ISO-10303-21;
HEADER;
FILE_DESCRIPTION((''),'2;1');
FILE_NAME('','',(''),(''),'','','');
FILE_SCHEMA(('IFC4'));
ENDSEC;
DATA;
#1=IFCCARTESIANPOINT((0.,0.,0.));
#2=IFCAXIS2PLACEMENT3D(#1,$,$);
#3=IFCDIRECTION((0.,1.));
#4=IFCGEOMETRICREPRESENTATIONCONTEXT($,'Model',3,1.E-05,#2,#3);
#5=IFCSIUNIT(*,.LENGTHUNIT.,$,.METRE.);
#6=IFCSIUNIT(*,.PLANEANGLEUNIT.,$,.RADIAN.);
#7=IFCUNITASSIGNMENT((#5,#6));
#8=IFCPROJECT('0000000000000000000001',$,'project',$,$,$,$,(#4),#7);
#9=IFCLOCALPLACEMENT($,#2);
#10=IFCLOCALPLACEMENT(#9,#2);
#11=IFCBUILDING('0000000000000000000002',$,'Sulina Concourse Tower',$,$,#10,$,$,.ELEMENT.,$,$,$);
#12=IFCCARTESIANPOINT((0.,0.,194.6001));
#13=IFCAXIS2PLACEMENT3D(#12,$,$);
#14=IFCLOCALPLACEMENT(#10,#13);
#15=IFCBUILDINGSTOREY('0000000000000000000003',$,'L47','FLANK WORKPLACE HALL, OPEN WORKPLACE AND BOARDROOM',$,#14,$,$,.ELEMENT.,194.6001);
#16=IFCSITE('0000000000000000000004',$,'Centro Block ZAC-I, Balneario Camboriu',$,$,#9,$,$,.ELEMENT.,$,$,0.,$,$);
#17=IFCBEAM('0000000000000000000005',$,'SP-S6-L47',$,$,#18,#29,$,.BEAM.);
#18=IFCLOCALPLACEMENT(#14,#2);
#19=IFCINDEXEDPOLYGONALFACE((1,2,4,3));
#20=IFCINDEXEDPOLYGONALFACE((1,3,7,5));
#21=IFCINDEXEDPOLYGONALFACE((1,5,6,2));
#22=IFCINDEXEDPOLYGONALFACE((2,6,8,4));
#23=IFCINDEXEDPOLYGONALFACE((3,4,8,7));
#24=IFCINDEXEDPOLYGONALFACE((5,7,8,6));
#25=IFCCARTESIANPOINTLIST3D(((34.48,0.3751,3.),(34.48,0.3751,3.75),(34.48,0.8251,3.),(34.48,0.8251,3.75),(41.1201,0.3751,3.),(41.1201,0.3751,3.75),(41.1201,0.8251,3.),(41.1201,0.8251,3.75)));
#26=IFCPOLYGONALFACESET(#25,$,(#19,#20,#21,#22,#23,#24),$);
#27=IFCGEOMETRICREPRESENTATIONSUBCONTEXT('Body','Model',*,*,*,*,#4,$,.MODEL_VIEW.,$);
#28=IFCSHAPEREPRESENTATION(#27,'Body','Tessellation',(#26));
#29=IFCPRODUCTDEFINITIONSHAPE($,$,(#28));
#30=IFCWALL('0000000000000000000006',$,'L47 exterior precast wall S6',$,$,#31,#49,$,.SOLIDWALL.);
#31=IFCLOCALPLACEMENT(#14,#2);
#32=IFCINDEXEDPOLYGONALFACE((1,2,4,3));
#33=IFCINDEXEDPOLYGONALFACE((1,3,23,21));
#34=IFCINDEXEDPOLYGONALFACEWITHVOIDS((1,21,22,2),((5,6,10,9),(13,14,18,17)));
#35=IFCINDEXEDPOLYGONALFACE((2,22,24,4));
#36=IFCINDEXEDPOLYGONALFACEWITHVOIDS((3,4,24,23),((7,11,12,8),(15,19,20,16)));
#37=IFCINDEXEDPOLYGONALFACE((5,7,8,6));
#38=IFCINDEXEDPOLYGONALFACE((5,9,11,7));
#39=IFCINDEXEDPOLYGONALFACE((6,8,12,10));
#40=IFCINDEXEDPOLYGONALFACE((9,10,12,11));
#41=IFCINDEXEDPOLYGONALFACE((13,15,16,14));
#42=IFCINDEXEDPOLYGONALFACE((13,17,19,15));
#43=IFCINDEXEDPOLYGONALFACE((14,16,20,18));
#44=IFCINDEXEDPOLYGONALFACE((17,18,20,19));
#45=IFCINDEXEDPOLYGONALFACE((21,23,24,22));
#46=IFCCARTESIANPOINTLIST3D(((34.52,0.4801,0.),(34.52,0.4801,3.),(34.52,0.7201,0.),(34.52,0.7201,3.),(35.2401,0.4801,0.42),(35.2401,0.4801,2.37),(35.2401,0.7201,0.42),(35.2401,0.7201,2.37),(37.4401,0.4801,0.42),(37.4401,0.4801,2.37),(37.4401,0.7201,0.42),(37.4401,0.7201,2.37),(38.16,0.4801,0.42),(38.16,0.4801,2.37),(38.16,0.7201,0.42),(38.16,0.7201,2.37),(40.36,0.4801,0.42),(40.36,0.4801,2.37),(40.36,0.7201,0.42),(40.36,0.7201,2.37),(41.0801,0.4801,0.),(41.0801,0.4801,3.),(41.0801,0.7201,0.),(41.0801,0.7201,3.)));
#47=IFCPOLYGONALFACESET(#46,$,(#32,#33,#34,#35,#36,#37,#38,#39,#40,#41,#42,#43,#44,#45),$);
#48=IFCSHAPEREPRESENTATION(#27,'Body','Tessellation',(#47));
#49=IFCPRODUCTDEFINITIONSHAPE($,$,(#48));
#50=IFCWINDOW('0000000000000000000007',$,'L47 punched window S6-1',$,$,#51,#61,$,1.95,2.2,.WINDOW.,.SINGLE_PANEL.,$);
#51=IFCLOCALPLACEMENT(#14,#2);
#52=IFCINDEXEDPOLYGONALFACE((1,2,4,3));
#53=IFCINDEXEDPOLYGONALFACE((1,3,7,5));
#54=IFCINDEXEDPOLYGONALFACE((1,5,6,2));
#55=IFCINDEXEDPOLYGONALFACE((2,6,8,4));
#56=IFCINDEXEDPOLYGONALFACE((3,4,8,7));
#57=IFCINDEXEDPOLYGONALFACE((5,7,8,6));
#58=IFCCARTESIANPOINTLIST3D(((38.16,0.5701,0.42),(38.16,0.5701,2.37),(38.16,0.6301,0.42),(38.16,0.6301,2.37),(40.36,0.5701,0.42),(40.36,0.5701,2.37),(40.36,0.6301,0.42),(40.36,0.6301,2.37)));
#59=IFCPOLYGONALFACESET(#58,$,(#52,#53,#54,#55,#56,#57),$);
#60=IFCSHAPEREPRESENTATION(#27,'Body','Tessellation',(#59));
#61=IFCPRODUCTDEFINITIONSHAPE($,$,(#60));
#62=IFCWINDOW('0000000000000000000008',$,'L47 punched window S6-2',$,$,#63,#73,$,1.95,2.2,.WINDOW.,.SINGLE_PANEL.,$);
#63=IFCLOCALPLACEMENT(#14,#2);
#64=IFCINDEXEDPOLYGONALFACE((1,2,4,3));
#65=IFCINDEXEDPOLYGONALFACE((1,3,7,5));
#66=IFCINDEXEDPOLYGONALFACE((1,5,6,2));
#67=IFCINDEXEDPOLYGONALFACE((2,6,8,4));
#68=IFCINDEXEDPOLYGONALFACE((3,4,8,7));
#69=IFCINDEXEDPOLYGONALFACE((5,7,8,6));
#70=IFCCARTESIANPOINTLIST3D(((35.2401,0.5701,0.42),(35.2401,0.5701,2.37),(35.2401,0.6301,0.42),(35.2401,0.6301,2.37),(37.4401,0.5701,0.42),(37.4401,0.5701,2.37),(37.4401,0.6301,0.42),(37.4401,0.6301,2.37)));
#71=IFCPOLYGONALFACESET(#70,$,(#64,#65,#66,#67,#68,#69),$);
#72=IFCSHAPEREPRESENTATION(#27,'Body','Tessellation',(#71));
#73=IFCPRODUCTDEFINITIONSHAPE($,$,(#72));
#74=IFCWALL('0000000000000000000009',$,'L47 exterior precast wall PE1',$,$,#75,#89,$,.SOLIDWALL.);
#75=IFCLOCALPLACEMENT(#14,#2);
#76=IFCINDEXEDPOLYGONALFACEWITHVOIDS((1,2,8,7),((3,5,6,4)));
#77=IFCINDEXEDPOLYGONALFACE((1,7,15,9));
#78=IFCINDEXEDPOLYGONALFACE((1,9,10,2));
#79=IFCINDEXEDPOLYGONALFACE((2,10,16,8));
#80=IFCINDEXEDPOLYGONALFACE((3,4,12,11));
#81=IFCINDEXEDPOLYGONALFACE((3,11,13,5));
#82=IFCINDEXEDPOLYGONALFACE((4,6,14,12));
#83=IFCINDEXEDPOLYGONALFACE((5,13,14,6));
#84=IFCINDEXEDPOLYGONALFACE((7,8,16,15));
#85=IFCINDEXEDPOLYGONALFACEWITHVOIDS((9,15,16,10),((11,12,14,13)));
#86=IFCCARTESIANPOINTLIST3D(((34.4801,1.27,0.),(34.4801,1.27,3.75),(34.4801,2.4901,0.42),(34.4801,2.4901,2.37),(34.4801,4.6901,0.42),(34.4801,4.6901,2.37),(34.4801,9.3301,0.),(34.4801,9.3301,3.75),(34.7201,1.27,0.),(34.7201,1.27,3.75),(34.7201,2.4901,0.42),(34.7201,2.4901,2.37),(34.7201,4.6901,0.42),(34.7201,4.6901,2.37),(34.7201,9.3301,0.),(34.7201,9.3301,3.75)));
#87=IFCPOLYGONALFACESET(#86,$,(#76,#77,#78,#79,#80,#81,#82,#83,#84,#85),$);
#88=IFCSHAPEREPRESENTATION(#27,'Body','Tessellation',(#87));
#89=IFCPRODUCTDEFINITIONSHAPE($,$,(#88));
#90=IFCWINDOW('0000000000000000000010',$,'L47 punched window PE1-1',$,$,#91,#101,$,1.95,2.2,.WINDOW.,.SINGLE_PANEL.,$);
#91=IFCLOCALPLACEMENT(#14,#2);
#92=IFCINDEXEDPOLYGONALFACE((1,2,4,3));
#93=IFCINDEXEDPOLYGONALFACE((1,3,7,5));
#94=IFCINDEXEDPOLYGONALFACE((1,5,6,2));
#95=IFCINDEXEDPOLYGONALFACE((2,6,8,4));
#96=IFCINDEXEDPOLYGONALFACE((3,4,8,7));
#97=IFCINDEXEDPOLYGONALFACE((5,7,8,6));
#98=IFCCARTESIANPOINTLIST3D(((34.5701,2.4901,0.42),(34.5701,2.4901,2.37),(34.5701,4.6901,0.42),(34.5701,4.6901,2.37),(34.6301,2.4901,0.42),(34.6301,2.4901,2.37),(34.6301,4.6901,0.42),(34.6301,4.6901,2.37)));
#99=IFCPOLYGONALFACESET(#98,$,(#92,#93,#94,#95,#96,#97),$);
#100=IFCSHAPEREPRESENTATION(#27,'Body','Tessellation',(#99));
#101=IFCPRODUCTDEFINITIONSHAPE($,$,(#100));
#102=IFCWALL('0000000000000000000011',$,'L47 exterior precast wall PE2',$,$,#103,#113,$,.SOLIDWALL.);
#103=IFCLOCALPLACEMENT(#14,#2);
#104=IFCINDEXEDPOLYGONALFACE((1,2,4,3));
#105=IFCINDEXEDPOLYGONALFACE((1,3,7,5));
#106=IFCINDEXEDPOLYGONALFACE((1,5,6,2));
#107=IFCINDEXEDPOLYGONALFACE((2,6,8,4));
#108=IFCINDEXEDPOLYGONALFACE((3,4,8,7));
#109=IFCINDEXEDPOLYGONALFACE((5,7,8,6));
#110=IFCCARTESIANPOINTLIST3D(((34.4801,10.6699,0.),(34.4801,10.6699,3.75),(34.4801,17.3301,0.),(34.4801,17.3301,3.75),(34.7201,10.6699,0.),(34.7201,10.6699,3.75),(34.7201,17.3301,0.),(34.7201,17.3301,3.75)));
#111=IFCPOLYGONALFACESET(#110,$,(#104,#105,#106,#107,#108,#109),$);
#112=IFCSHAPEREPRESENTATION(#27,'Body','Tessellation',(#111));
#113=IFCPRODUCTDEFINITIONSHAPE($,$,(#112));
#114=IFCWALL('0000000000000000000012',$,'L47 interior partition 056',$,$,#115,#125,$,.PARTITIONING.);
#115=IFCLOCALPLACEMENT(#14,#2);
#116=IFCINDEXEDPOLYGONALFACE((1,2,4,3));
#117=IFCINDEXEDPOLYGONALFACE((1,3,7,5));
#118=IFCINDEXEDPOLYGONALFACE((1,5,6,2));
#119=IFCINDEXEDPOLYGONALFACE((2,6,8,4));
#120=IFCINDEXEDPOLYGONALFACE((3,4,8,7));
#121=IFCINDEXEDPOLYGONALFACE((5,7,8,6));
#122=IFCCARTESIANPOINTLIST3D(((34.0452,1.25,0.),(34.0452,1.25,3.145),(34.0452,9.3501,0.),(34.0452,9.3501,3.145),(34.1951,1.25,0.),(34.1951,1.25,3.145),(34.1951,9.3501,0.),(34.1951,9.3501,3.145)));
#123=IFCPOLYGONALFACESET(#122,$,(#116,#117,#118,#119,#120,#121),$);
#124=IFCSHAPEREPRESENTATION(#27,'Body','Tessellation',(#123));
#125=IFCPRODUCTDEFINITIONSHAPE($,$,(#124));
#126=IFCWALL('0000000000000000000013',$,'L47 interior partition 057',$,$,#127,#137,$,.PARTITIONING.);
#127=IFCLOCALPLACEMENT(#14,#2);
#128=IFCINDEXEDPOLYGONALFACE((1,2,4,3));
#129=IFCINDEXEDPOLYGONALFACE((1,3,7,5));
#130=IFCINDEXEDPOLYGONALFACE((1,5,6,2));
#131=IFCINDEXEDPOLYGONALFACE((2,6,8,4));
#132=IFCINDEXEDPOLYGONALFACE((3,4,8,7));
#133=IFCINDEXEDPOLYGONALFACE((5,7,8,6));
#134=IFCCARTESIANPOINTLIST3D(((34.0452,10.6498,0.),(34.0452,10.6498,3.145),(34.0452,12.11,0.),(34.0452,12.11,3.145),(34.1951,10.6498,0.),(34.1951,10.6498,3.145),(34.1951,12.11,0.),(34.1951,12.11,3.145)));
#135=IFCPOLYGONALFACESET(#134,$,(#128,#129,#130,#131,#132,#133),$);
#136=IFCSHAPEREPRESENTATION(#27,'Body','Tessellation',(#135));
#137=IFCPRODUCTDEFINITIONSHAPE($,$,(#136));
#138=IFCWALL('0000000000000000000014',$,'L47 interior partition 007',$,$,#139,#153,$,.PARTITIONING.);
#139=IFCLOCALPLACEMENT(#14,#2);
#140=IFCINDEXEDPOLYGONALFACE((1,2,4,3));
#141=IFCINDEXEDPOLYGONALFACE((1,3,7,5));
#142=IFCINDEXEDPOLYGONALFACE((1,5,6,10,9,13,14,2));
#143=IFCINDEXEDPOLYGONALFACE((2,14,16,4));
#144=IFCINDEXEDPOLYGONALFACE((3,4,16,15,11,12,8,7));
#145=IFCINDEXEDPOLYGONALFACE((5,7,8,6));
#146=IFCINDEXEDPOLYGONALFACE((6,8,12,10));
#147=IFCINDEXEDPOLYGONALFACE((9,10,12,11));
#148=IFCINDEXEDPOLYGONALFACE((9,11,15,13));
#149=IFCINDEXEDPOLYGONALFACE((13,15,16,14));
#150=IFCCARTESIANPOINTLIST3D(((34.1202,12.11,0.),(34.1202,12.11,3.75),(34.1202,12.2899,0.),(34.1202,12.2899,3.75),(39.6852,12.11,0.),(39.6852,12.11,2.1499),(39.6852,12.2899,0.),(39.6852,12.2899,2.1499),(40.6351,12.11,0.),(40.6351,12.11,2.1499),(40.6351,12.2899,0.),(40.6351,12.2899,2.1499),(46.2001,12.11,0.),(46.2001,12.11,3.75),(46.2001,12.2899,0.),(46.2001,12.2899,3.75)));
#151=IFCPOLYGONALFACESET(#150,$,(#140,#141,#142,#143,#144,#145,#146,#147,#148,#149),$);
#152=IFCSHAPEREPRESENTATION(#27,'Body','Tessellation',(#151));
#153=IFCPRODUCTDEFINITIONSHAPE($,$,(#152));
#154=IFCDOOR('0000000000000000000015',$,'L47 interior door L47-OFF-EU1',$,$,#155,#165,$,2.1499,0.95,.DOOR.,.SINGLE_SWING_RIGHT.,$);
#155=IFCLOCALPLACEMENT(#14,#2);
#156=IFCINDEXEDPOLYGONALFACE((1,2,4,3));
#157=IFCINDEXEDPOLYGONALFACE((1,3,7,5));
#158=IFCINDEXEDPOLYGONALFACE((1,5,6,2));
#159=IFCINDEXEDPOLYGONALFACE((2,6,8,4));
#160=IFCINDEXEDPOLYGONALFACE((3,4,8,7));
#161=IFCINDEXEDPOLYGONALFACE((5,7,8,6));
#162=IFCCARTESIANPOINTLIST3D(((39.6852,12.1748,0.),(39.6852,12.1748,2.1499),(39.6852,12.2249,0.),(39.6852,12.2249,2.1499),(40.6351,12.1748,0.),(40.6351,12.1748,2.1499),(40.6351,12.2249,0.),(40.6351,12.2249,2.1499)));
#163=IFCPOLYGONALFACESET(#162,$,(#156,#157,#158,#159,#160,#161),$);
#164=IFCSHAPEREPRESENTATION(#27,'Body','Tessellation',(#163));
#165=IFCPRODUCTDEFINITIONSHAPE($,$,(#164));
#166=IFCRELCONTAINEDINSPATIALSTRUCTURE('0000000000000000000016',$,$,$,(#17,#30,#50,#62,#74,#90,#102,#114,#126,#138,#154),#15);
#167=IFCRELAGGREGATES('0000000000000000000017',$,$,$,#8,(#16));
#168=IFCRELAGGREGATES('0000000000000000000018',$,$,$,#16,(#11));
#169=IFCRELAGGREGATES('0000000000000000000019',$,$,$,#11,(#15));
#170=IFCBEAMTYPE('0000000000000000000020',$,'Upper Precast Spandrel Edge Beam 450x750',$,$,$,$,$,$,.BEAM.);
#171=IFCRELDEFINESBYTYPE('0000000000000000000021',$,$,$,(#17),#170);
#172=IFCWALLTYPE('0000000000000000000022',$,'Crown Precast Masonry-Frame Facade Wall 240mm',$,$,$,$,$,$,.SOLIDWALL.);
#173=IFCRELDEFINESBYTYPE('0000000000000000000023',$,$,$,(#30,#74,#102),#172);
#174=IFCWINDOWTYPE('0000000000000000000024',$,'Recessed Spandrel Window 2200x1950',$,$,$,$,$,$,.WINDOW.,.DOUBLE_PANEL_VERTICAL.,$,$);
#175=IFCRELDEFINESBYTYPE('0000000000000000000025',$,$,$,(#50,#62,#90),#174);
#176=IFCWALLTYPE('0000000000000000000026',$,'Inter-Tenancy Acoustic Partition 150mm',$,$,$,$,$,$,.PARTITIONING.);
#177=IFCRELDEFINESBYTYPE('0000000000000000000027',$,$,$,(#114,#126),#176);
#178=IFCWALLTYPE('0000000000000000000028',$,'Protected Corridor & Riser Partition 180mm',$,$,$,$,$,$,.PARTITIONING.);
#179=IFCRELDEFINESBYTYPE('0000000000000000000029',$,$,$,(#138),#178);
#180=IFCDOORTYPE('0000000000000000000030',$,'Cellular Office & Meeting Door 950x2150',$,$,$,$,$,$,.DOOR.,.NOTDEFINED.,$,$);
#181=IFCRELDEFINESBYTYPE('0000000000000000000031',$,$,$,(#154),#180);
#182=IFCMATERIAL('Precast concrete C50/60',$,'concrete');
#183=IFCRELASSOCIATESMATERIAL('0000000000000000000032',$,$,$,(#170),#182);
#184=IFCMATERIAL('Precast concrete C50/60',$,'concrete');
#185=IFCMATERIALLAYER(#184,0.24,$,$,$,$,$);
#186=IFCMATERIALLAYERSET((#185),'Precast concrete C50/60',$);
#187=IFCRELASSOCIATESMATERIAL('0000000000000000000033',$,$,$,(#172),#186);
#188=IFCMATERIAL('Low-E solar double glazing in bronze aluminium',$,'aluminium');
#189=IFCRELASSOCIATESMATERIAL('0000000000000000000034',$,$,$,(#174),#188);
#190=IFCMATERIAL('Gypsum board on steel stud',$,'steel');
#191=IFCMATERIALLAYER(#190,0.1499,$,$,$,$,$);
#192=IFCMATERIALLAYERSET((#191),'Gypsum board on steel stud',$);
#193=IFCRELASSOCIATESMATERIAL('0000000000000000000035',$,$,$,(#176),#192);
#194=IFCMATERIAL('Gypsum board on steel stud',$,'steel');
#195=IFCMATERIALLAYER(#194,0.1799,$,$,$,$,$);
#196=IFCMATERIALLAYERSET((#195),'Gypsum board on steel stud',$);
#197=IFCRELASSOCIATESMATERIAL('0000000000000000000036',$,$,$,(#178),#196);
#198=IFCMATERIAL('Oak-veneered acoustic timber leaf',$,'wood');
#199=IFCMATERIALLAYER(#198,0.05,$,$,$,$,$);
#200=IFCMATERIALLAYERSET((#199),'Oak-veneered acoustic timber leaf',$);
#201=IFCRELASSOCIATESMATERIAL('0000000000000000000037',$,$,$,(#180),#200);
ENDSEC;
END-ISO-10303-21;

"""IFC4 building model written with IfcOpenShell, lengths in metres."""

from ifc_helpers import new_model, si_unit, direction, frame, frame_2d, origin, origin_2d, place, context, subcontext, project, spatial, rectangle, extrude, material, layer, layer_set, material_profile, profile_set, type_object, element, fill, save


model = new_model("IFC4")

# Units and contexts
model_context = context("Model", 3, precision=1e-05, world=origin(), true_north=direction((0.0, 1.0)))
body_context = subcontext(model_context, "Body", "Model", "MODEL_VIEW")
ifc_project = project(units=[si_unit("LENGTHUNIT", "METRE"), si_unit("PLANEANGLEUNIT", "RADIAN")], contexts=[model_context])

# Site, building, storey
site_placement = place(None, origin())
site = spatial("IfcSite", under=ifc_project, at=site_placement, Name="Centro Block ZAC-I, Balneario Camboriu", CompositionType="ELEMENT", RefElevation=0.0)
building_placement = place(site_placement, origin())
building = spatial("IfcBuilding", under=site, at=building_placement, Name="Sulina Concourse Tower", CompositionType="ELEMENT")
storey_placement = place(building_placement, frame((0.0, 0.0, 194.6001)))
storey = spatial("IfcBuildingStorey", under=building, at=storey_placement, Name="L47", Description="FLANK WORKPLACE HALL, OPEN WORKPLACE AND BOARDROOM", CompositionType="ELEMENT", Elevation=194.6001)

# Beam
ifc_material_1 = material(Name="Precast concrete C50/60", Category="concrete")
ifc_material_profile_1 = material_profile(ifc_material_1, rectangle(XDim=0.45, YDim=0.75, at=origin_2d()), Name="RC 450x750")
ifc_profile_set_1 = profile_set([ifc_material_profile_1], Name="Precast concrete C50/60")
beam_type_1 = type_object("IfcBeamType", Name="Upper Precast Spandrel Edge Beam 450x750", PredefinedType="BEAM", material=ifc_profile_set_1)
beam_1_placement = place(storey_placement, frame((34.48, 0.6001, 3.375), z_axis=(1.0, 0.0, 0.0), x_axis=(0.0, 1.0, 0.0)))
element("IfcBeam", 1, at=beam_1_placement, inside=storey, type_object=beam_type_1, Name="SP-S6-L47", PredefinedType="BEAM", context=body_context, shape_type="SweptSolid", body=[
    extrude(rectangle(XDim=0.45, YDim=0.75, at=origin_2d()), origin(), (0.0, 0.0, 1.0), 6.6401),
])

# Wall, openings, windows
ifc_material_2 = material(Name="Precast concrete C50/60", Category="concrete")
ifc_layer_1 = layer(ifc_material_2, 0.24)
ifc_layer_set_1 = layer_set([ifc_layer_1], Name="Precast concrete C50/60")
wall_type_1 = type_object("IfcWallType", Name="Crown Precast Masonry-Frame Facade Wall 240mm", PredefinedType="SOLIDWALL", material=ifc_layer_set_1)
wall_1_placement = place(storey_placement, frame((41.0801, 0.6001, 0.0), z_axis=(0.0, 0.0, 1.0), x_axis=(-1.0, 0.0, 0.0)))
wall_1 = element("IfcWall", 2, at=wall_1_placement, inside=storey, type_object=wall_type_1, Name="L47 exterior precast wall S6", PredefinedType="SOLIDWALL", context=body_context, shape_type="SweptSolid", body=[
    extrude(rectangle(XDim=6.5601, YDim=0.24, at=frame_2d((3.28, 0.0))), origin(), (0.0, 0.0, 1.0), 3.0),
])
opening_1_placement = place(wall_1_placement, frame((0.72, 0.0, 0.4199)))
opening_1 = element("IfcOpeningElement", 3, at=opening_1_placement, cuts=wall_1, PredefinedType="OPENING", context=body_context, shape_type="SweptSolid", body=[
    extrude(rectangle(XDim=2.2, YDim=1.95, at=frame_2d((1.1001, 0.9751))), frame((0.0, 0.1299, 0.0), z_axis=(0.0, -1.0, 0.0), x_axis=(1.0, 0.0, 0.0)), (0.0, 0.0, 1.0), 0.26),
])
opening_2_placement = place(wall_1_placement, frame((3.6399, 0.0, 0.4199)))
opening_2 = element("IfcOpeningElement", 4, at=opening_2_placement, cuts=wall_1, PredefinedType="OPENING", context=body_context, shape_type="SweptSolid", body=[
    extrude(rectangle(XDim=2.2, YDim=1.95, at=frame_2d((1.1001, 0.9751))), frame((0.0, 0.1299, 0.0), z_axis=(0.0, -1.0, 0.0), x_axis=(1.0, 0.0, 0.0)), (0.0, 0.0, 1.0), 0.26),
])
ifc_material_3 = material(Name="Low-E solar double glazing in bronze aluminium", Category="aluminium")
window_type = type_object("IfcWindowType", Name="Recessed Spandrel Window 2200x1950", PartitioningType="DOUBLE_PANEL_VERTICAL", PredefinedType="WINDOW", material=ifc_material_3)
window_1_placement = place(opening_1_placement, origin())
window_1 = element("IfcWindow", 5, at=window_1_placement, inside=storey, type_object=window_type, Name="L47 punched window S6-1", OverallHeight=1.95, OverallWidth=2.2, PartitioningType="SINGLE_PANEL", PredefinedType="WINDOW", context=body_context, shape_type="SweptSolid", body=[
    extrude(rectangle(XDim=2.2, YDim=1.95, at=frame_2d((1.1001, 0.9751))), frame((0.0, 0.03, 0.0), z_axis=(0.0, -1.0, 0.0), x_axis=(1.0, 0.0, 0.0)), (0.0, 0.0, 1.0), 0.0601),
])
fill(opening_1, window_1)
window_2_placement = place(opening_2_placement, origin())
window_2 = element("IfcWindow", 6, at=window_2_placement, inside=storey, type_object=window_type, Name="L47 punched window S6-2", OverallHeight=1.95, OverallWidth=2.2, PartitioningType="SINGLE_PANEL", PredefinedType="WINDOW", context=body_context, shape_type="SweptSolid", body=[
    extrude(rectangle(XDim=2.2, YDim=1.95, at=frame_2d((1.1001, 0.9751))), frame((0.0, 0.03, 0.0), z_axis=(0.0, -1.0, 0.0), x_axis=(1.0, 0.0, 0.0)), (0.0, 0.0, 1.0), 0.0601),
])
fill(opening_2, window_2)

# Wall, opening, window
wall_2_placement = place(storey_placement, frame((34.6001, 1.27, 0.0), z_axis=(0.0, 0.0, 1.0), x_axis=(0.0, 1.0, 0.0)))
wall_2 = element("IfcWall", 7, at=wall_2_placement, inside=storey, type_object=wall_type_1, Name="L47 exterior precast wall PE1", PredefinedType="SOLIDWALL", context=body_context, shape_type="SweptSolid", body=[
    extrude(rectangle(XDim=8.0601, YDim=0.24, at=frame_2d((4.03, 0.0))), origin(), (0.0, 0.0, 1.0), 3.75),
])
opening_3_placement = place(wall_2_placement, frame((1.22, 0.0, 0.4199)))
opening_3 = element("IfcOpeningElement", 8, at=opening_3_placement, cuts=wall_2, PredefinedType="OPENING", context=body_context, shape_type="SweptSolid", body=[
    extrude(rectangle(XDim=2.2, YDim=1.95, at=frame_2d((1.1001, 0.9751))), frame((0.0, 0.1299, 0.0), z_axis=(0.0, -1.0, 0.0), x_axis=(1.0, 0.0, 0.0)), (0.0, 0.0, 1.0), 0.26),
])
window_3_placement = place(opening_3_placement, origin())
window_3 = element("IfcWindow", 9, at=window_3_placement, inside=storey, type_object=window_type, Name="L47 punched window PE1-1", OverallHeight=1.95, OverallWidth=2.2, PartitioningType="SINGLE_PANEL", PredefinedType="WINDOW", context=body_context, shape_type="SweptSolid", body=[
    extrude(rectangle(XDim=2.2, YDim=1.95, at=frame_2d((1.1001, 0.9751))), frame((0.0, 0.03, 0.0), z_axis=(0.0, -1.0, 0.0), x_axis=(1.0, 0.0, 0.0)), (0.0, 0.0, 1.0), 0.0601),
])
fill(opening_3, window_3)

# Walls
wall_3_placement = place(storey_placement, frame((34.6001, 10.6699, 0.0), z_axis=(0.0, 0.0, 1.0), x_axis=(0.0, 1.0, 0.0)))
element("IfcWall", 10, at=wall_3_placement, inside=storey, type_object=wall_type_1, Name="L47 exterior precast wall PE2", PredefinedType="SOLIDWALL", context=body_context, shape_type="SweptSolid", body=[
    extrude(rectangle(XDim=6.6602, YDim=0.24, at=frame_2d((3.3301, 0.0))), origin(), (0.0, 0.0, 1.0), 3.75),
])
ifc_material_4 = material(Name="Gypsum board on steel stud", Category="steel")
ifc_layer_2 = layer(ifc_material_4, 0.1499)
ifc_layer_set_2 = layer_set([ifc_layer_2], Name="Gypsum board on steel stud")
wall_type_2 = type_object("IfcWallType", Name="Inter-Tenancy Acoustic Partition 150mm", PredefinedType="PARTITIONING", material=ifc_layer_set_2)
wall_4_placement = place(storey_placement, frame((34.1201, 1.25, 0.0), z_axis=(0.0, 0.0, 1.0), x_axis=(0.0, 1.0, 0.0)))
element("IfcWall", 11, at=wall_4_placement, inside=storey, type_object=wall_type_2, Name="L47 interior partition 056", PredefinedType="PARTITIONING", context=body_context, shape_type="SweptSolid", body=[
    extrude(rectangle(XDim=8.1001, YDim=0.1499, at=frame_2d((4.05, 0.0))), origin(), (0.0, 0.0, 1.0), 3.145),
])
wall_5_placement = place(storey_placement, frame((34.1201, 10.6499, 0.0), z_axis=(0.0, 0.0, 1.0), x_axis=(0.0, 1.0, 0.0)))
element("IfcWall", 12, at=wall_5_placement, inside=storey, type_object=wall_type_2, Name="L47 interior partition 057", PredefinedType="PARTITIONING", context=body_context, shape_type="SweptSolid", body=[
    extrude(rectangle(XDim=1.4602, YDim=0.1499, at=frame_2d((0.73, 0.0))), origin(), (0.0, 0.0, 1.0), 3.145),
])

# Wall, opening, door
ifc_material_5 = material(Name="Gypsum board on steel stud", Category="steel")
ifc_layer_3 = layer(ifc_material_5, 0.1799)
ifc_layer_set_3 = layer_set([ifc_layer_3], Name="Gypsum board on steel stud")
wall_type_3 = type_object("IfcWallType", Name="Protected Corridor & Riser Partition 180mm", PredefinedType="PARTITIONING", material=ifc_layer_set_3)
wall_6_placement = place(storey_placement, frame((34.1201, 12.2, 0.0), z_axis=(0.0, 0.0, 1.0), x_axis=(1.0, 0.0, 0.0)))
wall_6 = element("IfcWall", 13, at=wall_6_placement, inside=storey, type_object=wall_type_3, Name="L47 interior partition 007", PredefinedType="PARTITIONING", context=body_context, shape_type="SweptSolid", body=[
    extrude(rectangle(XDim=12.0798, YDim=0.1799, at=frame_2d((6.04, 0.0))), origin(), (0.0, 0.0, 1.0), 3.75),
])
opening_4_placement = place(wall_6_placement, frame((5.5649, 0.0, 0.0)))
opening_4 = element("IfcOpeningElement", 14, at=opening_4_placement, cuts=wall_6, PredefinedType="OPENING", context=body_context, shape_type="SweptSolid", body=[
    extrude(rectangle(XDim=0.95, YDim=2.1499, at=frame_2d((0.4751, 1.075))), frame((0.0, 0.0999, 0.0), z_axis=(0.0, -1.0, 0.0), x_axis=(1.0, 0.0, 0.0)), (0.0, 0.0, 1.0), 0.2),
])
ifc_material_6 = material(Name="Oak-veneered acoustic timber leaf", Category="wood")
ifc_layer_4 = layer(ifc_material_6, 0.05)
ifc_layer_set_4 = layer_set([ifc_layer_4], Name="Oak-veneered acoustic timber leaf")
door_type = type_object("IfcDoorType", Name="Cellular Office & Meeting Door 950x2150", OperationType="NOTDEFINED", PredefinedType="DOOR", material=ifc_layer_set_4)
door_placement = place(opening_4_placement, origin())
door = element("IfcDoor", 15, at=door_placement, inside=storey, type_object=door_type, Name="L47 interior door L47-OFF-EU1", OperationType="SINGLE_SWING_RIGHT", OverallHeight=2.1499, OverallWidth=0.95, PredefinedType="DOOR", context=body_context, shape_type="SweptSolid", body=[
    extrude(rectangle(XDim=0.95, YDim=2.1499, at=frame_2d((0.4751, 1.075))), frame((0.0, 0.0249, 0.0), z_axis=(0.0, -1.0, 0.0), x_axis=(1.0, 0.0, 0.0)), (0.0, 0.0, 1.0), 0.05),
])
fill(opening_4, door)

save(model, "model.ifc")
